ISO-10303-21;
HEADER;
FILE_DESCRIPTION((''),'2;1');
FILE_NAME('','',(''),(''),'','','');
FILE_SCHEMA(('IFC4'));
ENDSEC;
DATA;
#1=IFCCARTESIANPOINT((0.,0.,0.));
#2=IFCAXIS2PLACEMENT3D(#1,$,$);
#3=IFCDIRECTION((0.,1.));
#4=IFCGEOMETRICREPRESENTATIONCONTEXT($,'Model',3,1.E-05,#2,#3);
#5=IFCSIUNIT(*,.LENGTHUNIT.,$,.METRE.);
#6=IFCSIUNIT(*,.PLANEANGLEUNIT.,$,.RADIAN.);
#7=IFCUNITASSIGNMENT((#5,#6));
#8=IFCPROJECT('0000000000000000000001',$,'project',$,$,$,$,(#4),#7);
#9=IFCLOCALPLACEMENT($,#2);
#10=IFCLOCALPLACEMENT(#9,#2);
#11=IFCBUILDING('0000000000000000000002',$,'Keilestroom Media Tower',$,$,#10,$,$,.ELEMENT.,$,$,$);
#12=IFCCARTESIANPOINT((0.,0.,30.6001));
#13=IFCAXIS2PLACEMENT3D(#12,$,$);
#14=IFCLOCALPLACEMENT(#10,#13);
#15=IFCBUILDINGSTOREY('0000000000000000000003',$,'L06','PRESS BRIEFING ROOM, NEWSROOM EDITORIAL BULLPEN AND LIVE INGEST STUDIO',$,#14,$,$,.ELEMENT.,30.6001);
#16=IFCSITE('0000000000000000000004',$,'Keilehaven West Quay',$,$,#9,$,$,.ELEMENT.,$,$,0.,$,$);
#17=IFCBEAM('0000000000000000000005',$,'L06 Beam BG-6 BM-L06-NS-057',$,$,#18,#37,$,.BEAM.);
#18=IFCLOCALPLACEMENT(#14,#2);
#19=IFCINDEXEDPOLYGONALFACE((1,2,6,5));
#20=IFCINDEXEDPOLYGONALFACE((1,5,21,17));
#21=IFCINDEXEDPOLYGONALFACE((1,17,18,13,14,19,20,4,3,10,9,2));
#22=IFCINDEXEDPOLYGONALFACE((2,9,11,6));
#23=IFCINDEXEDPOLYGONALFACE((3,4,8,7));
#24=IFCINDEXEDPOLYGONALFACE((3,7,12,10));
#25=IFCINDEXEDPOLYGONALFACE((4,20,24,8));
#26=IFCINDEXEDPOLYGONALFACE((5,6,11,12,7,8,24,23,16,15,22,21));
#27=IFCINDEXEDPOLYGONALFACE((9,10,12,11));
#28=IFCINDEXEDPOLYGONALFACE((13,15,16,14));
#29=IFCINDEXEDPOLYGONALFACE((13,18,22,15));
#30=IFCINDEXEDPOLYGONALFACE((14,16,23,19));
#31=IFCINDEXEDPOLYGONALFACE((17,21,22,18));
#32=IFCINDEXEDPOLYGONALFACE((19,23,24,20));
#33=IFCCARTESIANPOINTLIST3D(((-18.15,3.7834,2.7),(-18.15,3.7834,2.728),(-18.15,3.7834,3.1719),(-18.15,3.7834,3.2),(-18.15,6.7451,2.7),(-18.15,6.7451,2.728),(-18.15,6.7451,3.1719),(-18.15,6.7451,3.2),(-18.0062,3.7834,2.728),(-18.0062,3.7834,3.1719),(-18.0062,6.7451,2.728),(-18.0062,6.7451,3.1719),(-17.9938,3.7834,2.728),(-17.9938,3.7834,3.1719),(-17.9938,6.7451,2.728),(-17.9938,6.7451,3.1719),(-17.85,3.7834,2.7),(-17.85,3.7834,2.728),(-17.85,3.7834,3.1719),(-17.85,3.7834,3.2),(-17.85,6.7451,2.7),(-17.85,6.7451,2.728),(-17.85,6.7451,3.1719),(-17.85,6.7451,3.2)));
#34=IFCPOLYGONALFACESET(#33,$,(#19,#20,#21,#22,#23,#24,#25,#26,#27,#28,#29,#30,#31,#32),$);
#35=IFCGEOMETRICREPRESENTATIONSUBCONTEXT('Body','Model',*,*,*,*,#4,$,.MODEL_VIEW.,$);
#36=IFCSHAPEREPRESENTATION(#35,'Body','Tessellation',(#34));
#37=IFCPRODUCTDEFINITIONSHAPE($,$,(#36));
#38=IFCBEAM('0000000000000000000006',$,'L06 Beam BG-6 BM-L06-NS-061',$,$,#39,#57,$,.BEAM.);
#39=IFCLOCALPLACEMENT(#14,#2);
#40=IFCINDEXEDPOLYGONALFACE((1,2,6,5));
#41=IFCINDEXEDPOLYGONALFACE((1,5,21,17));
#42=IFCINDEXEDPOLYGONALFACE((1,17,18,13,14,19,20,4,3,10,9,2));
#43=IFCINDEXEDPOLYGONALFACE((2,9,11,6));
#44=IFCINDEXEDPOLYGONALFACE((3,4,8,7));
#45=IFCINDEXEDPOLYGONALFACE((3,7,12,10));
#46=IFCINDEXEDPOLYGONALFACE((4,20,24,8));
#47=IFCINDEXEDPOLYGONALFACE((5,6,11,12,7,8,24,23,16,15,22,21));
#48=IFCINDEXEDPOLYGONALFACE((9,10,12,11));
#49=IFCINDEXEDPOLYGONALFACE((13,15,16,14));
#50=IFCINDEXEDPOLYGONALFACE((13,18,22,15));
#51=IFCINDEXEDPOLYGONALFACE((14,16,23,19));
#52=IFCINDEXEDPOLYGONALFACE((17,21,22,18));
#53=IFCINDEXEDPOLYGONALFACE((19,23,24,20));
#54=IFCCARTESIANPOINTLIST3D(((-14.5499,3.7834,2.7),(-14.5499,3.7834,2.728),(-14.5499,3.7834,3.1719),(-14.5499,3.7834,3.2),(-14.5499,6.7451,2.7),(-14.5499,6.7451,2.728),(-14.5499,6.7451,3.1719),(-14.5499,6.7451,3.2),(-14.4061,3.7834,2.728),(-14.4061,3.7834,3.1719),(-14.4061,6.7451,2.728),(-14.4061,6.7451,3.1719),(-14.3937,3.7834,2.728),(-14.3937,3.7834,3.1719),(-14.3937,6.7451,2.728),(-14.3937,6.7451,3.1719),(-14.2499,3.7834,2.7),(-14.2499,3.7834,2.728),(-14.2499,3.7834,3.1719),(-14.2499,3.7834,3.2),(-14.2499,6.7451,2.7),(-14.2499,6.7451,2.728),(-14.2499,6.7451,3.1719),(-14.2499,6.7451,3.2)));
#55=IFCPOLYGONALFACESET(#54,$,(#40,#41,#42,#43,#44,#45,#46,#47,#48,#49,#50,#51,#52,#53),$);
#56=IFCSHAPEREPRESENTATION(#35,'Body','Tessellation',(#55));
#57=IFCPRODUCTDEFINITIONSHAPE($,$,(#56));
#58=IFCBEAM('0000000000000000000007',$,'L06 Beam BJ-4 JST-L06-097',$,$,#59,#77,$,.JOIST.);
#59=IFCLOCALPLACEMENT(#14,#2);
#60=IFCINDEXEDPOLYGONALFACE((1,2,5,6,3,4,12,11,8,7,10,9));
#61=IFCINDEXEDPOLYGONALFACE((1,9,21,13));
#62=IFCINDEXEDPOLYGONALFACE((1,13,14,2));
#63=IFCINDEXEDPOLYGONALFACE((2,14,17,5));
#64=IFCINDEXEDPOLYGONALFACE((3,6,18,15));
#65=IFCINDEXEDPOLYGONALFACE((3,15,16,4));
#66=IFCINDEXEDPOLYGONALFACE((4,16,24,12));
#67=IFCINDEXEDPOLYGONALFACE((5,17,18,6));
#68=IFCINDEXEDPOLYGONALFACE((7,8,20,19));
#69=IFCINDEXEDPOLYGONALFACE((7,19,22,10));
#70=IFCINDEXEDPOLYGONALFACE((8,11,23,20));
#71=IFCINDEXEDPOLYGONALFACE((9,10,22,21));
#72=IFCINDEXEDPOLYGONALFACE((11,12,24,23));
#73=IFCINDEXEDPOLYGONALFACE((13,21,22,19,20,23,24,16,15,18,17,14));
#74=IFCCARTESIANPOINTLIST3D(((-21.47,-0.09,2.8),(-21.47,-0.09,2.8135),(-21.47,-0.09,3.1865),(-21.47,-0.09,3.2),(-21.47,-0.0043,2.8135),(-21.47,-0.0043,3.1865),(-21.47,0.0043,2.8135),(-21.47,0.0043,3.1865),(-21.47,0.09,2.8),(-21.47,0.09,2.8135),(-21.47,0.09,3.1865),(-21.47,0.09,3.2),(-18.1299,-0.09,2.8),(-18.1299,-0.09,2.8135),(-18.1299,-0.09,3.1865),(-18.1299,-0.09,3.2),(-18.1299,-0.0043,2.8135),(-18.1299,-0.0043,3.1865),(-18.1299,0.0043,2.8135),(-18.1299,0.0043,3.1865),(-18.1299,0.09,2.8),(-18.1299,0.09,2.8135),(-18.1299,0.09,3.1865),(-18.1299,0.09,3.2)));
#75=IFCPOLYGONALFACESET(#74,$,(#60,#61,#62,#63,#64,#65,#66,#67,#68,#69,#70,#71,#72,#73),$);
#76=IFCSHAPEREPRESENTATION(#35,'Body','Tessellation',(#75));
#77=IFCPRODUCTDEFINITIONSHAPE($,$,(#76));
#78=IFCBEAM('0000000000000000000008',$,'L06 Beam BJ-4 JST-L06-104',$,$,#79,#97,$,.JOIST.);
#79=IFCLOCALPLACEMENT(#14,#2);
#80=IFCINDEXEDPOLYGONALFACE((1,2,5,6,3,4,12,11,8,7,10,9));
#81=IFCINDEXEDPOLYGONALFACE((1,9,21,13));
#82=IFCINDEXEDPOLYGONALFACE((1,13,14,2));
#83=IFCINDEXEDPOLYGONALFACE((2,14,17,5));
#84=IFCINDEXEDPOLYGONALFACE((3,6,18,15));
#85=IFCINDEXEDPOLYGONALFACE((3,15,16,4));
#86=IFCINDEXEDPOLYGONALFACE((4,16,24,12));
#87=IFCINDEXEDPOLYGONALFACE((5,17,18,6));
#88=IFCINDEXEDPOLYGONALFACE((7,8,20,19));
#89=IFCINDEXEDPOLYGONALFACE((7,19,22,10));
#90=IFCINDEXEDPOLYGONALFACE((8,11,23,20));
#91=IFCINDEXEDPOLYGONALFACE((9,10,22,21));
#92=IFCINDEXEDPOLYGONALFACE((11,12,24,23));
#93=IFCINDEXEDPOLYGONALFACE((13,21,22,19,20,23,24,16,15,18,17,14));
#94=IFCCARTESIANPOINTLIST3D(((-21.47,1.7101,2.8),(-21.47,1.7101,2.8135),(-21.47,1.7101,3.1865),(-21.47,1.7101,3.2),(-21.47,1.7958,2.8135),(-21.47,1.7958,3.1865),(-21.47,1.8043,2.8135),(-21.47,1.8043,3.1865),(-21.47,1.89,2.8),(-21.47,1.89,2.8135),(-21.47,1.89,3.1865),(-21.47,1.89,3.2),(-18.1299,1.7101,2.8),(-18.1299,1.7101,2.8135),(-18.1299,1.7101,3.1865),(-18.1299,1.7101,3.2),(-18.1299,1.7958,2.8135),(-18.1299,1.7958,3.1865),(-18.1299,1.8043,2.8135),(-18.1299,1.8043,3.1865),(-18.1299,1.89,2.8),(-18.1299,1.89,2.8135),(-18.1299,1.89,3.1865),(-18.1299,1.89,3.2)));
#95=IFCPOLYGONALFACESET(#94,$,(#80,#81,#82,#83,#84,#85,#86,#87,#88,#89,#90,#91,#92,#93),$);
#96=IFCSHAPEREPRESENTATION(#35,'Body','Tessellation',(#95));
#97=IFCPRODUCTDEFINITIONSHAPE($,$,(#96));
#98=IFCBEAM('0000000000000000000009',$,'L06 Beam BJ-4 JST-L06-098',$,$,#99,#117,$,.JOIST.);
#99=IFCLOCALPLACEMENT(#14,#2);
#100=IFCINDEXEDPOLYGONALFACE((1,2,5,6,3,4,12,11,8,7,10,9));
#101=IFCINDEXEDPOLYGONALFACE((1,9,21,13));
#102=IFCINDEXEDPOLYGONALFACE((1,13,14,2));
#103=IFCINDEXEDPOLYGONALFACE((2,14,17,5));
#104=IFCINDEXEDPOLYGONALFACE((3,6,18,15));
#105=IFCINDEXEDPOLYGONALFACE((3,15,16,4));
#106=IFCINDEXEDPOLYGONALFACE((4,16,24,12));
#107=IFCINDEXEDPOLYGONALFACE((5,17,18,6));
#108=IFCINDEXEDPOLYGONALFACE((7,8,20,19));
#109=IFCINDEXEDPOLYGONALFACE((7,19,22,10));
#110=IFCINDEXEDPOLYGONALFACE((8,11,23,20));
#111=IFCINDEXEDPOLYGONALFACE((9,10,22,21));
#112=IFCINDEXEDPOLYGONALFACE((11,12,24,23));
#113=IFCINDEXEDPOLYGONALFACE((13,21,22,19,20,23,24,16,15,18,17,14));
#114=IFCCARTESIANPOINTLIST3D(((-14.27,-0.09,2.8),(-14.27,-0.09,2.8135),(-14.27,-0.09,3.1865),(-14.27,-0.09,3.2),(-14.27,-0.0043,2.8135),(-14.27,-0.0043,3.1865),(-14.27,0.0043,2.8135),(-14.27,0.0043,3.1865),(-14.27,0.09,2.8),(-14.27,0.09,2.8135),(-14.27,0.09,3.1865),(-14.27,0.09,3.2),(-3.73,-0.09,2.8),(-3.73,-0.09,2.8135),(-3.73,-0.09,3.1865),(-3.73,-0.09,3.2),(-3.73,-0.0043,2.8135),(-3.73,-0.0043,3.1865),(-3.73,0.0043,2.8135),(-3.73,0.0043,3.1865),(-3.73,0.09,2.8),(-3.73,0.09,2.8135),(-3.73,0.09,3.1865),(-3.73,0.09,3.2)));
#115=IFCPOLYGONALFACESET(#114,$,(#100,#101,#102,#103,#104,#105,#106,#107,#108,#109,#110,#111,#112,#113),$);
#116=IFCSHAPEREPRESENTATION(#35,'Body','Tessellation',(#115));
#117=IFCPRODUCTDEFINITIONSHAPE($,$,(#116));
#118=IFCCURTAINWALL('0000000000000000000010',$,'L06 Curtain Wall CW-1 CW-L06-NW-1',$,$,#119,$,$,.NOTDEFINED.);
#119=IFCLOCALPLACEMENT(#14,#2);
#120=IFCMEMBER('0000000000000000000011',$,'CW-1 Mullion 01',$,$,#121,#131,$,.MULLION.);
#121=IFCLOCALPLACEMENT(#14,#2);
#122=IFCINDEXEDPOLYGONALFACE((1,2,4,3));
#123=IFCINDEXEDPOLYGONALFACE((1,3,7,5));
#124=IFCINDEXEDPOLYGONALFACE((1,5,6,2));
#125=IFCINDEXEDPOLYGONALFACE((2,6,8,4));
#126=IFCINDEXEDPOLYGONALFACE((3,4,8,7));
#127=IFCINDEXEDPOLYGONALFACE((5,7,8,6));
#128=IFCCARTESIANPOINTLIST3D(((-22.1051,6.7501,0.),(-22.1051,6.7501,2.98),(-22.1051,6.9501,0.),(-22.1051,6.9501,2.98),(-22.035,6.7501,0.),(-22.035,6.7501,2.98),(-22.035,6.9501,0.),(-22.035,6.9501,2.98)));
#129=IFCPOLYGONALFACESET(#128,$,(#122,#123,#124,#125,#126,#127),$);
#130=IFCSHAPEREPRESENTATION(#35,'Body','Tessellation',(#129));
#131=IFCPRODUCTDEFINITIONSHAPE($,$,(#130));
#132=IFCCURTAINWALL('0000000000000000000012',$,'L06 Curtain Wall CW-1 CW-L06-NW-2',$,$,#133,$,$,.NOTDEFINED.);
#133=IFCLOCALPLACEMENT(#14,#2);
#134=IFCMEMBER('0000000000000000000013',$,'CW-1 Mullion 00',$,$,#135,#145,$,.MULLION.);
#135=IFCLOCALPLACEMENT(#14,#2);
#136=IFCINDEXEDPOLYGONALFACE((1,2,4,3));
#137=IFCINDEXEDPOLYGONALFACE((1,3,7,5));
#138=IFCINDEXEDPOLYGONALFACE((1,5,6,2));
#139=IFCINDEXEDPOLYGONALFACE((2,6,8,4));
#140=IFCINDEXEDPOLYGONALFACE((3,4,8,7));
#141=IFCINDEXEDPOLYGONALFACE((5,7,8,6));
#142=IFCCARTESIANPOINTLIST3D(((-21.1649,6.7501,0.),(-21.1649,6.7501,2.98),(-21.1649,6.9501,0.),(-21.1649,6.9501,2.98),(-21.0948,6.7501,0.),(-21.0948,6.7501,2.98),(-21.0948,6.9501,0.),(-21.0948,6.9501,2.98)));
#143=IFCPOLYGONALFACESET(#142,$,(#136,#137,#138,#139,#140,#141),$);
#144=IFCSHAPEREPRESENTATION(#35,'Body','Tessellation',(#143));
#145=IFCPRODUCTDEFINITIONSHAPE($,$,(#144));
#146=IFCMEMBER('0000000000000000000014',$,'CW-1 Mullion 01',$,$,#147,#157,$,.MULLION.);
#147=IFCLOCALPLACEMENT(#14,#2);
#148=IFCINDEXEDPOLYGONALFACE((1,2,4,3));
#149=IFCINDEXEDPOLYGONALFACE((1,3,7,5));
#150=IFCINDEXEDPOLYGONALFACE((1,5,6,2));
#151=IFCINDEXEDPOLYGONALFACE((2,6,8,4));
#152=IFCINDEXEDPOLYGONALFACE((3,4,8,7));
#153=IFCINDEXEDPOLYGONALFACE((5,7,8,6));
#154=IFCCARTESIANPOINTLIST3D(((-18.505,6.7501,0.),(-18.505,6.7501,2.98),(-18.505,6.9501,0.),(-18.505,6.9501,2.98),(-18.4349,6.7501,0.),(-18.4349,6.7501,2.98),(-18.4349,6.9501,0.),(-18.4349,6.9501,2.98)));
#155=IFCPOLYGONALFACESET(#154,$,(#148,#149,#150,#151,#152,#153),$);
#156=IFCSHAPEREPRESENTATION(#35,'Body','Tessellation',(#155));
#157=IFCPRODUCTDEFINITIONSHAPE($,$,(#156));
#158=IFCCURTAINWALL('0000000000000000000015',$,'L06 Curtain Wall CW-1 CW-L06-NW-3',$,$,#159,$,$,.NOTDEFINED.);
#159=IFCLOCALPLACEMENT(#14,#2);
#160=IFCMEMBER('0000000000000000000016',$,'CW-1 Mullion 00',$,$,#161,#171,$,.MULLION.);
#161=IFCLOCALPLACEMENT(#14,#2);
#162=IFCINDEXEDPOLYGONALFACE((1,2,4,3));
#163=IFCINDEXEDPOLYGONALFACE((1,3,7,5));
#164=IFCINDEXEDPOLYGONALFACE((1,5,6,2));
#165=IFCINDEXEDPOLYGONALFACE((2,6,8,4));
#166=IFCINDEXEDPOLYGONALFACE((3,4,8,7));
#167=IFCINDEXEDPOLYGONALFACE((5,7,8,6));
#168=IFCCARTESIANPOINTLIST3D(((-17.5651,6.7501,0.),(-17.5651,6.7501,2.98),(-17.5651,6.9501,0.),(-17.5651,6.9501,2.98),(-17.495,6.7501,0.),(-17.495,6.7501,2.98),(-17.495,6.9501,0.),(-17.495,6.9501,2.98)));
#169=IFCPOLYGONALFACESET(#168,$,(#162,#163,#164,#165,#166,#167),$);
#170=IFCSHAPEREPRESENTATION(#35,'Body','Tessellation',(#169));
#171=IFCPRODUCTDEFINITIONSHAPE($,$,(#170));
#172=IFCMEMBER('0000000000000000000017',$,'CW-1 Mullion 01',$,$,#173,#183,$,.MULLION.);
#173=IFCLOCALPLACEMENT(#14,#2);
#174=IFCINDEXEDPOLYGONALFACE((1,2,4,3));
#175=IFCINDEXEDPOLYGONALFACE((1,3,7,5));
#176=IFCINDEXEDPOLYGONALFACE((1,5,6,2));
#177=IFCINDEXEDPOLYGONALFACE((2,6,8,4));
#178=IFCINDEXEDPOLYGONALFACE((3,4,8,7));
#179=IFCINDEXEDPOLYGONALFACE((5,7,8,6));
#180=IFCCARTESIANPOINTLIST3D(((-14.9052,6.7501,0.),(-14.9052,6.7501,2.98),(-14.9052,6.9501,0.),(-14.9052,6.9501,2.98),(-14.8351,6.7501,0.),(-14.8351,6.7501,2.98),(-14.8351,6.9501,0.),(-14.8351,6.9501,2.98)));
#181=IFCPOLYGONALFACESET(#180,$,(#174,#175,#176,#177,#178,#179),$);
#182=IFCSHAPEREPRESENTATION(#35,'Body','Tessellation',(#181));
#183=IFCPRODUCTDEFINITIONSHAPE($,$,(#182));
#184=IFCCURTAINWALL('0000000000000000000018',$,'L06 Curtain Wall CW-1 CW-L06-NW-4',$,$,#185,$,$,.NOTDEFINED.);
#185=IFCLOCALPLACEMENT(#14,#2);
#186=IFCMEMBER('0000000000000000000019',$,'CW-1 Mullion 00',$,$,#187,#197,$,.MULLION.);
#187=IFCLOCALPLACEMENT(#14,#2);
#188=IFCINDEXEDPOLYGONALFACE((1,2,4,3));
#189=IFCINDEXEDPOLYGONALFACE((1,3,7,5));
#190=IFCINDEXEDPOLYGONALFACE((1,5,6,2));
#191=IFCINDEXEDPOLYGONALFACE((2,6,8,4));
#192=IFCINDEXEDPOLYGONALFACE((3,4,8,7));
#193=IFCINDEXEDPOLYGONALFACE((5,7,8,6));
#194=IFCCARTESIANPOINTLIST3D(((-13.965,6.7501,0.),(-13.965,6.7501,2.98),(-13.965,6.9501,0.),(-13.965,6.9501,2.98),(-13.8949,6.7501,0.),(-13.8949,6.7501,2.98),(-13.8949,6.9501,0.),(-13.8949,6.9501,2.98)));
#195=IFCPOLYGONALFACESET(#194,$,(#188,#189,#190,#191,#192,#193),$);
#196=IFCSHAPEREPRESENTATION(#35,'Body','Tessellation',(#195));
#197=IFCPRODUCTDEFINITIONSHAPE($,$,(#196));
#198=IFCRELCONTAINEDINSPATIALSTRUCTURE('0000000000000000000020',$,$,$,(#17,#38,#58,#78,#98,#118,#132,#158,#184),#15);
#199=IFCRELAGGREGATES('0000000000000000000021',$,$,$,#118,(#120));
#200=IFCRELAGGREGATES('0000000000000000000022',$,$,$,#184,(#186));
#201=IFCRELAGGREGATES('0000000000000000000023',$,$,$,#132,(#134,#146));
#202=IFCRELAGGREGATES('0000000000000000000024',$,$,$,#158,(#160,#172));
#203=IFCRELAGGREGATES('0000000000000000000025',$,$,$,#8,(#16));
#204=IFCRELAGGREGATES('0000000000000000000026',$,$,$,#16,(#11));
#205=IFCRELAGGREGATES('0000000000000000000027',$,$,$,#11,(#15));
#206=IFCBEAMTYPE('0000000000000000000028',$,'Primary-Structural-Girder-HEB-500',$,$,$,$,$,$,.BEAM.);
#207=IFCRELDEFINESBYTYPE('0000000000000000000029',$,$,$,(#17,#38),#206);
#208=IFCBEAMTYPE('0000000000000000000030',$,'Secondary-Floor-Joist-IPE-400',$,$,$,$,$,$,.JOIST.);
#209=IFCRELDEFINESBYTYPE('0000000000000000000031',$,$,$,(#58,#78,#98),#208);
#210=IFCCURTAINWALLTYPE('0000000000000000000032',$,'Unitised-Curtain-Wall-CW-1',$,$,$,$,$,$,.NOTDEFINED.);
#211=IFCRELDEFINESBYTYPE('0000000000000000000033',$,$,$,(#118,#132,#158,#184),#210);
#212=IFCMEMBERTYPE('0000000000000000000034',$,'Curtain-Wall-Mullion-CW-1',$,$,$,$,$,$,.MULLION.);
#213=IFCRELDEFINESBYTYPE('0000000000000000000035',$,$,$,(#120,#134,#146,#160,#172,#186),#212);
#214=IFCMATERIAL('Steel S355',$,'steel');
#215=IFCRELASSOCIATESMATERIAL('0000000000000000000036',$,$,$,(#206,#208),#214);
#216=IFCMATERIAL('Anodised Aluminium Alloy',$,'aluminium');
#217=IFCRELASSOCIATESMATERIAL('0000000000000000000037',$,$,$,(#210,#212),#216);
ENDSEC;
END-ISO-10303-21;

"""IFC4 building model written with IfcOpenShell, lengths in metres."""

from ifc_helpers import new_model, si_unit, direction, frame, origin, origin_2d, place, context, subcontext, project, spatial, rectangle, i_section, extrude, source, transform, mapped, material, material_profile, profile_set, type_object, element, aggregate, save


model = new_model("IFC4")

# Units and contexts
model_context = context("Model", 3, precision=1e-05, world=origin(), true_north=direction((0.0, 1.0)))
body_context = subcontext(model_context, "Body", "Model", "MODEL_VIEW")
ifc_project = project(units=[si_unit("LENGTHUNIT", "METRE"), si_unit("PLANEANGLEUNIT", "RADIAN")], contexts=[model_context])

# Site, building, storey
site_placement = place(None, origin())
site = spatial("IfcSite", under=ifc_project, at=site_placement, Name="Keilehaven West Quay", CompositionType="ELEMENT", RefElevation=0.0)
building_placement = place(site_placement, origin())
building = spatial("IfcBuilding", under=site, at=building_placement, Name="Keilestroom Media Tower", CompositionType="ELEMENT")
storey_placement = place(building_placement, frame((0.0, 0.0, 30.6001)))
storey = spatial("IfcBuildingStorey", under=building, at=storey_placement, Name="L06", Description="PRESS BRIEFING ROOM, NEWSROOM EDITORIAL BULLPEN AND LIVE INGEST STUDIO", CompositionType="ELEMENT", Elevation=30.6001)

# Beams
ifc_material_1 = material(Name="Steel S355", Category="steel")
ifc_material_profile_1 = material_profile(ifc_material_1, i_section(OverallWidth=0.3, OverallDepth=0.5, WebThickness=0.0125, FlangeThickness=0.0281, at=origin_2d()), Name="HEB 500")
ifc_profile_set_1 = profile_set([ifc_material_profile_1], Name="Steel S355")
beam_type_1 = type_object("IfcBeamType", Name="Primary-Structural-Girder-HEB-500", PredefinedType="BEAM", material=ifc_profile_set_1)
shared_shape_1 = source(origin(), body_context, "Body", "SweptSolid", [
    extrude(i_section(OverallWidth=0.3, OverallDepth=0.5, WebThickness=0.0125, FlangeThickness=0.0281, at=origin_2d()), origin(), (0.0, 0.0, 1.0), 2.9617),
])
for number, where, z_axis, x_axis, name in (
    (1, (-18.0, 3.7834, 2.95), (0.0, 1.0, 0.0), (-1.0, 0.0, 0.0), "L06 Beam BG-6 BM-L06-NS-057"),
    (2, (-14.3999, 3.7834, 2.95), (0.0, 1.0, 0.0), (-1.0, 0.0, 0.0), "L06 Beam BG-6 BM-L06-NS-061"),
):
    element("IfcBeam", number, at=place(storey_placement, frame(where, z_axis=z_axis, x_axis=x_axis)), inside=storey, type_object=beam_type_1, Name=name, PredefinedType="BEAM", context=body_context, shape_type="MappedRepresentation", body=[
        mapped(shared_shape_1, transform((0.0, 0.0, 0.0), x_axis=(1.0, 0.0, 0.0), y_axis=(0.0, 1.0, 0.0), z_axis=(0.0, 0.0, 1.0), scale=1.0)),
    ])
ifc_material_profile_2 = material_profile(ifc_material_1, i_section(OverallWidth=0.1799, OverallDepth=0.3999, WebThickness=0.0085, FlangeThickness=0.0134, at=origin_2d()), Name="IPE 400")
ifc_profile_set_2 = profile_set([ifc_material_profile_2], Name="Steel S355")
beam_type_2 = type_object("IfcBeamType", Name="Secondary-Floor-Joist-IPE-400", PredefinedType="JOIST", material=ifc_profile_set_2)
shared_shape_2 = source(origin(), body_context, "Body", "SweptSolid", [
    extrude(i_section(OverallWidth=0.1799, OverallDepth=0.3999, WebThickness=0.0085, FlangeThickness=0.0134, at=origin_2d()), origin(), (0.0, 0.0, 1.0), 3.3401),
])
for number, where, z_axis, x_axis, name in (
    (3, (-21.47, 0.0, 3.0), (1.0, 0.0, 0.0), (0.0, 1.0, 0.0), "L06 Beam BJ-4 JST-L06-097"),
    (4, (-21.47, 1.8, 3.0), (1.0, 0.0, 0.0), (0.0, 1.0, 0.0), "L06 Beam BJ-4 JST-L06-104"),
):
    element("IfcBeam", number, at=place(storey_placement, frame(where, z_axis=z_axis, x_axis=x_axis)), inside=storey, type_object=beam_type_2, Name=name, PredefinedType="JOIST", context=body_context, shape_type="MappedRepresentation", body=[
        mapped(shared_shape_2, transform((0.0, 0.0, 0.0), x_axis=(1.0, 0.0, 0.0), y_axis=(0.0, 1.0, 0.0), z_axis=(0.0, 0.0, 1.0), scale=1.0)),
    ])
shared_shape_3 = source(origin(), body_context, "Body", "SweptSolid", [
    extrude(i_section(OverallWidth=0.1799, OverallDepth=0.3999, WebThickness=0.0085, FlangeThickness=0.0134, at=origin_2d()), origin(), (0.0, 0.0, 1.0), 10.54),
])
beam_1_placement = place(storey_placement, frame((-14.27, 0.0, 3.0), z_axis=(1.0, 0.0, 0.0), x_axis=(0.0, 1.0, 0.0)))
element("IfcBeam", 5, at=beam_1_placement, inside=storey, type_object=beam_type_2, Name="L06 Beam BJ-4 JST-L06-098", PredefinedType="JOIST", context=body_context, shape_type="MappedRepresentation", body=[
    mapped(shared_shape_3, transform((0.0, 0.0, 0.0), x_axis=(1.0, 0.0, 0.0), y_axis=(0.0, 1.0, 0.0), z_axis=(0.0, 0.0, 1.0), scale=1.0)),
])

# Curtain wall, member
ifc_material_2 = material(Name="Anodised Aluminium Alloy", Category="aluminium")
curtain_wall_type = type_object("IfcCurtainWallType", Name="Unitised-Curtain-Wall-CW-1", PredefinedType="NOTDEFINED", material=ifc_material_2)
curtain_wall_1_placement = place(storey_placement, origin())
curtain_wall_1 = element("IfcCurtainWall", 6, at=curtain_wall_1_placement, inside=storey, type_object=curtain_wall_type, Name="L06 Curtain Wall CW-1 CW-L06-NW-1", PredefinedType="NOTDEFINED")
ifc_material_profile_3 = material_profile(ifc_material_2, rectangle(XDim=0.0701, YDim=0.2, at=origin_2d()), Name="ALU MULLION 70x200")
ifc_profile_set_3 = profile_set([ifc_material_profile_3], Name="Anodised Aluminium Alloy")
member_type_1 = type_object("IfcMemberType", Name="Curtain-Wall-Mullion-CW-1", PredefinedType="MULLION", material=ifc_profile_set_3)
shared_shape_4 = source(origin(), body_context, "Body", "SweptSolid", [
    extrude(rectangle(XDim=0.0701, YDim=0.2, at=origin_2d()), origin(), (0.0, 0.0, 1.0), 2.98),
])
member_1_placement = place(storey_placement, frame((-22.0701, 6.8501, 0.0), z_axis=(0.0, 0.0, 1.0), x_axis=(1.0, 0.0, 0.0)))
member_1 = element("IfcMember", 7, at=member_1_placement, type_object=member_type_1, Name="CW-1 Mullion 01", PredefinedType="MULLION", context=body_context, shape_type="MappedRepresentation", body=[
    mapped(shared_shape_4, transform((0.0, 0.0, 0.0), x_axis=(1.0, 0.0, 0.0), y_axis=(0.0, 1.0, 0.0), z_axis=(0.0, 0.0, 1.0), scale=1.0)),
])
aggregate(curtain_wall_1, [member_1])

# Curtain walls, members
curtain_wall_2_placement = place(storey_placement, origin())
curtain_wall_2 = element("IfcCurtainWall", 8, at=curtain_wall_2_placement, inside=storey, type_object=curtain_wall_type, Name="L06 Curtain Wall CW-1 CW-L06-NW-2", PredefinedType="NOTDEFINED")
member_2_placement = place(storey_placement, frame((-21.1299, 6.8501, 0.0), z_axis=(0.0, 0.0, 1.0), x_axis=(1.0, 0.0, 0.0)))
member_2 = element("IfcMember", 9, at=member_2_placement, type_object=member_type_1, Name="CW-1 Mullion 00", PredefinedType="MULLION", context=body_context, shape_type="MappedRepresentation", body=[
    mapped(shared_shape_4, transform((0.0, 0.0, 0.0), x_axis=(1.0, 0.0, 0.0), y_axis=(0.0, 1.0, 0.0), z_axis=(0.0, 0.0, 1.0), scale=1.0)),
])
member_3_placement = place(storey_placement, frame((-18.47, 6.8501, 0.0), z_axis=(0.0, 0.0, 1.0), x_axis=(1.0, 0.0, 0.0)))
member_3 = element("IfcMember", 10, at=member_3_placement, type_object=member_type_1, Name="CW-1 Mullion 01", PredefinedType="MULLION", context=body_context, shape_type="MappedRepresentation", body=[
    mapped(shared_shape_4, transform((0.0, 0.0, 0.0), x_axis=(1.0, 0.0, 0.0), y_axis=(0.0, 1.0, 0.0), z_axis=(0.0, 0.0, 1.0), scale=1.0)),
])
curtain_wall_3_placement = place(storey_placement, origin())
curtain_wall_3 = element("IfcCurtainWall", 11, at=curtain_wall_3_placement, inside=storey, type_object=curtain_wall_type, Name="L06 Curtain Wall CW-1 CW-L06-NW-3", PredefinedType="NOTDEFINED")
member_4_placement = place(storey_placement, frame((-17.53, 6.8501, 0.0), z_axis=(0.0, 0.0, 1.0), x_axis=(1.0, 0.0, 0.0)))
member_4 = element("IfcMember", 12, at=member_4_placement, type_object=member_type_1, Name="CW-1 Mullion 00", PredefinedType="MULLION", context=body_context, shape_type="MappedRepresentation", body=[
    mapped(shared_shape_4, transform((0.0, 0.0, 0.0), x_axis=(1.0, 0.0, 0.0), y_axis=(0.0, 1.0, 0.0), z_axis=(0.0, 0.0, 1.0), scale=1.0)),
])
member_5_placement = place(storey_placement, frame((-14.8701, 6.8501, 0.0), z_axis=(0.0, 0.0, 1.0), x_axis=(1.0, 0.0, 0.0)))
member_5 = element("IfcMember", 13, at=member_5_placement, type_object=member_type_1, Name="CW-1 Mullion 01", PredefinedType="MULLION", context=body_context, shape_type="MappedRepresentation", body=[
    mapped(shared_shape_4, transform((0.0, 0.0, 0.0), x_axis=(1.0, 0.0, 0.0), y_axis=(0.0, 1.0, 0.0), z_axis=(0.0, 0.0, 1.0), scale=1.0)),
])

# Curtain wall, member
curtain_wall_4_placement = place(storey_placement, origin())
curtain_wall_4 = element("IfcCurtainWall", 14, at=curtain_wall_4_placement, inside=storey, type_object=curtain_wall_type, Name="L06 Curtain Wall CW-1 CW-L06-NW-4", PredefinedType="NOTDEFINED")
member_6_placement = place(storey_placement, frame((-13.9299, 6.8501, 0.0), z_axis=(0.0, 0.0, 1.0), x_axis=(1.0, 0.0, 0.0)))
member_6 = element("IfcMember", 15, at=member_6_placement, type_object=member_type_1, Name="CW-1 Mullion 00", PredefinedType="MULLION", context=body_context, shape_type="MappedRepresentation", body=[
    mapped(shared_shape_4, transform((0.0, 0.0, 0.0), x_axis=(1.0, 0.0, 0.0), y_axis=(0.0, 1.0, 0.0), z_axis=(0.0, 0.0, 1.0), scale=1.0)),
])

aggregate(curtain_wall_4, [member_6])

aggregate(curtain_wall_2, [member_2, member_3])
aggregate(curtain_wall_3, [member_4, member_5])

save(model, "model.ifc")
